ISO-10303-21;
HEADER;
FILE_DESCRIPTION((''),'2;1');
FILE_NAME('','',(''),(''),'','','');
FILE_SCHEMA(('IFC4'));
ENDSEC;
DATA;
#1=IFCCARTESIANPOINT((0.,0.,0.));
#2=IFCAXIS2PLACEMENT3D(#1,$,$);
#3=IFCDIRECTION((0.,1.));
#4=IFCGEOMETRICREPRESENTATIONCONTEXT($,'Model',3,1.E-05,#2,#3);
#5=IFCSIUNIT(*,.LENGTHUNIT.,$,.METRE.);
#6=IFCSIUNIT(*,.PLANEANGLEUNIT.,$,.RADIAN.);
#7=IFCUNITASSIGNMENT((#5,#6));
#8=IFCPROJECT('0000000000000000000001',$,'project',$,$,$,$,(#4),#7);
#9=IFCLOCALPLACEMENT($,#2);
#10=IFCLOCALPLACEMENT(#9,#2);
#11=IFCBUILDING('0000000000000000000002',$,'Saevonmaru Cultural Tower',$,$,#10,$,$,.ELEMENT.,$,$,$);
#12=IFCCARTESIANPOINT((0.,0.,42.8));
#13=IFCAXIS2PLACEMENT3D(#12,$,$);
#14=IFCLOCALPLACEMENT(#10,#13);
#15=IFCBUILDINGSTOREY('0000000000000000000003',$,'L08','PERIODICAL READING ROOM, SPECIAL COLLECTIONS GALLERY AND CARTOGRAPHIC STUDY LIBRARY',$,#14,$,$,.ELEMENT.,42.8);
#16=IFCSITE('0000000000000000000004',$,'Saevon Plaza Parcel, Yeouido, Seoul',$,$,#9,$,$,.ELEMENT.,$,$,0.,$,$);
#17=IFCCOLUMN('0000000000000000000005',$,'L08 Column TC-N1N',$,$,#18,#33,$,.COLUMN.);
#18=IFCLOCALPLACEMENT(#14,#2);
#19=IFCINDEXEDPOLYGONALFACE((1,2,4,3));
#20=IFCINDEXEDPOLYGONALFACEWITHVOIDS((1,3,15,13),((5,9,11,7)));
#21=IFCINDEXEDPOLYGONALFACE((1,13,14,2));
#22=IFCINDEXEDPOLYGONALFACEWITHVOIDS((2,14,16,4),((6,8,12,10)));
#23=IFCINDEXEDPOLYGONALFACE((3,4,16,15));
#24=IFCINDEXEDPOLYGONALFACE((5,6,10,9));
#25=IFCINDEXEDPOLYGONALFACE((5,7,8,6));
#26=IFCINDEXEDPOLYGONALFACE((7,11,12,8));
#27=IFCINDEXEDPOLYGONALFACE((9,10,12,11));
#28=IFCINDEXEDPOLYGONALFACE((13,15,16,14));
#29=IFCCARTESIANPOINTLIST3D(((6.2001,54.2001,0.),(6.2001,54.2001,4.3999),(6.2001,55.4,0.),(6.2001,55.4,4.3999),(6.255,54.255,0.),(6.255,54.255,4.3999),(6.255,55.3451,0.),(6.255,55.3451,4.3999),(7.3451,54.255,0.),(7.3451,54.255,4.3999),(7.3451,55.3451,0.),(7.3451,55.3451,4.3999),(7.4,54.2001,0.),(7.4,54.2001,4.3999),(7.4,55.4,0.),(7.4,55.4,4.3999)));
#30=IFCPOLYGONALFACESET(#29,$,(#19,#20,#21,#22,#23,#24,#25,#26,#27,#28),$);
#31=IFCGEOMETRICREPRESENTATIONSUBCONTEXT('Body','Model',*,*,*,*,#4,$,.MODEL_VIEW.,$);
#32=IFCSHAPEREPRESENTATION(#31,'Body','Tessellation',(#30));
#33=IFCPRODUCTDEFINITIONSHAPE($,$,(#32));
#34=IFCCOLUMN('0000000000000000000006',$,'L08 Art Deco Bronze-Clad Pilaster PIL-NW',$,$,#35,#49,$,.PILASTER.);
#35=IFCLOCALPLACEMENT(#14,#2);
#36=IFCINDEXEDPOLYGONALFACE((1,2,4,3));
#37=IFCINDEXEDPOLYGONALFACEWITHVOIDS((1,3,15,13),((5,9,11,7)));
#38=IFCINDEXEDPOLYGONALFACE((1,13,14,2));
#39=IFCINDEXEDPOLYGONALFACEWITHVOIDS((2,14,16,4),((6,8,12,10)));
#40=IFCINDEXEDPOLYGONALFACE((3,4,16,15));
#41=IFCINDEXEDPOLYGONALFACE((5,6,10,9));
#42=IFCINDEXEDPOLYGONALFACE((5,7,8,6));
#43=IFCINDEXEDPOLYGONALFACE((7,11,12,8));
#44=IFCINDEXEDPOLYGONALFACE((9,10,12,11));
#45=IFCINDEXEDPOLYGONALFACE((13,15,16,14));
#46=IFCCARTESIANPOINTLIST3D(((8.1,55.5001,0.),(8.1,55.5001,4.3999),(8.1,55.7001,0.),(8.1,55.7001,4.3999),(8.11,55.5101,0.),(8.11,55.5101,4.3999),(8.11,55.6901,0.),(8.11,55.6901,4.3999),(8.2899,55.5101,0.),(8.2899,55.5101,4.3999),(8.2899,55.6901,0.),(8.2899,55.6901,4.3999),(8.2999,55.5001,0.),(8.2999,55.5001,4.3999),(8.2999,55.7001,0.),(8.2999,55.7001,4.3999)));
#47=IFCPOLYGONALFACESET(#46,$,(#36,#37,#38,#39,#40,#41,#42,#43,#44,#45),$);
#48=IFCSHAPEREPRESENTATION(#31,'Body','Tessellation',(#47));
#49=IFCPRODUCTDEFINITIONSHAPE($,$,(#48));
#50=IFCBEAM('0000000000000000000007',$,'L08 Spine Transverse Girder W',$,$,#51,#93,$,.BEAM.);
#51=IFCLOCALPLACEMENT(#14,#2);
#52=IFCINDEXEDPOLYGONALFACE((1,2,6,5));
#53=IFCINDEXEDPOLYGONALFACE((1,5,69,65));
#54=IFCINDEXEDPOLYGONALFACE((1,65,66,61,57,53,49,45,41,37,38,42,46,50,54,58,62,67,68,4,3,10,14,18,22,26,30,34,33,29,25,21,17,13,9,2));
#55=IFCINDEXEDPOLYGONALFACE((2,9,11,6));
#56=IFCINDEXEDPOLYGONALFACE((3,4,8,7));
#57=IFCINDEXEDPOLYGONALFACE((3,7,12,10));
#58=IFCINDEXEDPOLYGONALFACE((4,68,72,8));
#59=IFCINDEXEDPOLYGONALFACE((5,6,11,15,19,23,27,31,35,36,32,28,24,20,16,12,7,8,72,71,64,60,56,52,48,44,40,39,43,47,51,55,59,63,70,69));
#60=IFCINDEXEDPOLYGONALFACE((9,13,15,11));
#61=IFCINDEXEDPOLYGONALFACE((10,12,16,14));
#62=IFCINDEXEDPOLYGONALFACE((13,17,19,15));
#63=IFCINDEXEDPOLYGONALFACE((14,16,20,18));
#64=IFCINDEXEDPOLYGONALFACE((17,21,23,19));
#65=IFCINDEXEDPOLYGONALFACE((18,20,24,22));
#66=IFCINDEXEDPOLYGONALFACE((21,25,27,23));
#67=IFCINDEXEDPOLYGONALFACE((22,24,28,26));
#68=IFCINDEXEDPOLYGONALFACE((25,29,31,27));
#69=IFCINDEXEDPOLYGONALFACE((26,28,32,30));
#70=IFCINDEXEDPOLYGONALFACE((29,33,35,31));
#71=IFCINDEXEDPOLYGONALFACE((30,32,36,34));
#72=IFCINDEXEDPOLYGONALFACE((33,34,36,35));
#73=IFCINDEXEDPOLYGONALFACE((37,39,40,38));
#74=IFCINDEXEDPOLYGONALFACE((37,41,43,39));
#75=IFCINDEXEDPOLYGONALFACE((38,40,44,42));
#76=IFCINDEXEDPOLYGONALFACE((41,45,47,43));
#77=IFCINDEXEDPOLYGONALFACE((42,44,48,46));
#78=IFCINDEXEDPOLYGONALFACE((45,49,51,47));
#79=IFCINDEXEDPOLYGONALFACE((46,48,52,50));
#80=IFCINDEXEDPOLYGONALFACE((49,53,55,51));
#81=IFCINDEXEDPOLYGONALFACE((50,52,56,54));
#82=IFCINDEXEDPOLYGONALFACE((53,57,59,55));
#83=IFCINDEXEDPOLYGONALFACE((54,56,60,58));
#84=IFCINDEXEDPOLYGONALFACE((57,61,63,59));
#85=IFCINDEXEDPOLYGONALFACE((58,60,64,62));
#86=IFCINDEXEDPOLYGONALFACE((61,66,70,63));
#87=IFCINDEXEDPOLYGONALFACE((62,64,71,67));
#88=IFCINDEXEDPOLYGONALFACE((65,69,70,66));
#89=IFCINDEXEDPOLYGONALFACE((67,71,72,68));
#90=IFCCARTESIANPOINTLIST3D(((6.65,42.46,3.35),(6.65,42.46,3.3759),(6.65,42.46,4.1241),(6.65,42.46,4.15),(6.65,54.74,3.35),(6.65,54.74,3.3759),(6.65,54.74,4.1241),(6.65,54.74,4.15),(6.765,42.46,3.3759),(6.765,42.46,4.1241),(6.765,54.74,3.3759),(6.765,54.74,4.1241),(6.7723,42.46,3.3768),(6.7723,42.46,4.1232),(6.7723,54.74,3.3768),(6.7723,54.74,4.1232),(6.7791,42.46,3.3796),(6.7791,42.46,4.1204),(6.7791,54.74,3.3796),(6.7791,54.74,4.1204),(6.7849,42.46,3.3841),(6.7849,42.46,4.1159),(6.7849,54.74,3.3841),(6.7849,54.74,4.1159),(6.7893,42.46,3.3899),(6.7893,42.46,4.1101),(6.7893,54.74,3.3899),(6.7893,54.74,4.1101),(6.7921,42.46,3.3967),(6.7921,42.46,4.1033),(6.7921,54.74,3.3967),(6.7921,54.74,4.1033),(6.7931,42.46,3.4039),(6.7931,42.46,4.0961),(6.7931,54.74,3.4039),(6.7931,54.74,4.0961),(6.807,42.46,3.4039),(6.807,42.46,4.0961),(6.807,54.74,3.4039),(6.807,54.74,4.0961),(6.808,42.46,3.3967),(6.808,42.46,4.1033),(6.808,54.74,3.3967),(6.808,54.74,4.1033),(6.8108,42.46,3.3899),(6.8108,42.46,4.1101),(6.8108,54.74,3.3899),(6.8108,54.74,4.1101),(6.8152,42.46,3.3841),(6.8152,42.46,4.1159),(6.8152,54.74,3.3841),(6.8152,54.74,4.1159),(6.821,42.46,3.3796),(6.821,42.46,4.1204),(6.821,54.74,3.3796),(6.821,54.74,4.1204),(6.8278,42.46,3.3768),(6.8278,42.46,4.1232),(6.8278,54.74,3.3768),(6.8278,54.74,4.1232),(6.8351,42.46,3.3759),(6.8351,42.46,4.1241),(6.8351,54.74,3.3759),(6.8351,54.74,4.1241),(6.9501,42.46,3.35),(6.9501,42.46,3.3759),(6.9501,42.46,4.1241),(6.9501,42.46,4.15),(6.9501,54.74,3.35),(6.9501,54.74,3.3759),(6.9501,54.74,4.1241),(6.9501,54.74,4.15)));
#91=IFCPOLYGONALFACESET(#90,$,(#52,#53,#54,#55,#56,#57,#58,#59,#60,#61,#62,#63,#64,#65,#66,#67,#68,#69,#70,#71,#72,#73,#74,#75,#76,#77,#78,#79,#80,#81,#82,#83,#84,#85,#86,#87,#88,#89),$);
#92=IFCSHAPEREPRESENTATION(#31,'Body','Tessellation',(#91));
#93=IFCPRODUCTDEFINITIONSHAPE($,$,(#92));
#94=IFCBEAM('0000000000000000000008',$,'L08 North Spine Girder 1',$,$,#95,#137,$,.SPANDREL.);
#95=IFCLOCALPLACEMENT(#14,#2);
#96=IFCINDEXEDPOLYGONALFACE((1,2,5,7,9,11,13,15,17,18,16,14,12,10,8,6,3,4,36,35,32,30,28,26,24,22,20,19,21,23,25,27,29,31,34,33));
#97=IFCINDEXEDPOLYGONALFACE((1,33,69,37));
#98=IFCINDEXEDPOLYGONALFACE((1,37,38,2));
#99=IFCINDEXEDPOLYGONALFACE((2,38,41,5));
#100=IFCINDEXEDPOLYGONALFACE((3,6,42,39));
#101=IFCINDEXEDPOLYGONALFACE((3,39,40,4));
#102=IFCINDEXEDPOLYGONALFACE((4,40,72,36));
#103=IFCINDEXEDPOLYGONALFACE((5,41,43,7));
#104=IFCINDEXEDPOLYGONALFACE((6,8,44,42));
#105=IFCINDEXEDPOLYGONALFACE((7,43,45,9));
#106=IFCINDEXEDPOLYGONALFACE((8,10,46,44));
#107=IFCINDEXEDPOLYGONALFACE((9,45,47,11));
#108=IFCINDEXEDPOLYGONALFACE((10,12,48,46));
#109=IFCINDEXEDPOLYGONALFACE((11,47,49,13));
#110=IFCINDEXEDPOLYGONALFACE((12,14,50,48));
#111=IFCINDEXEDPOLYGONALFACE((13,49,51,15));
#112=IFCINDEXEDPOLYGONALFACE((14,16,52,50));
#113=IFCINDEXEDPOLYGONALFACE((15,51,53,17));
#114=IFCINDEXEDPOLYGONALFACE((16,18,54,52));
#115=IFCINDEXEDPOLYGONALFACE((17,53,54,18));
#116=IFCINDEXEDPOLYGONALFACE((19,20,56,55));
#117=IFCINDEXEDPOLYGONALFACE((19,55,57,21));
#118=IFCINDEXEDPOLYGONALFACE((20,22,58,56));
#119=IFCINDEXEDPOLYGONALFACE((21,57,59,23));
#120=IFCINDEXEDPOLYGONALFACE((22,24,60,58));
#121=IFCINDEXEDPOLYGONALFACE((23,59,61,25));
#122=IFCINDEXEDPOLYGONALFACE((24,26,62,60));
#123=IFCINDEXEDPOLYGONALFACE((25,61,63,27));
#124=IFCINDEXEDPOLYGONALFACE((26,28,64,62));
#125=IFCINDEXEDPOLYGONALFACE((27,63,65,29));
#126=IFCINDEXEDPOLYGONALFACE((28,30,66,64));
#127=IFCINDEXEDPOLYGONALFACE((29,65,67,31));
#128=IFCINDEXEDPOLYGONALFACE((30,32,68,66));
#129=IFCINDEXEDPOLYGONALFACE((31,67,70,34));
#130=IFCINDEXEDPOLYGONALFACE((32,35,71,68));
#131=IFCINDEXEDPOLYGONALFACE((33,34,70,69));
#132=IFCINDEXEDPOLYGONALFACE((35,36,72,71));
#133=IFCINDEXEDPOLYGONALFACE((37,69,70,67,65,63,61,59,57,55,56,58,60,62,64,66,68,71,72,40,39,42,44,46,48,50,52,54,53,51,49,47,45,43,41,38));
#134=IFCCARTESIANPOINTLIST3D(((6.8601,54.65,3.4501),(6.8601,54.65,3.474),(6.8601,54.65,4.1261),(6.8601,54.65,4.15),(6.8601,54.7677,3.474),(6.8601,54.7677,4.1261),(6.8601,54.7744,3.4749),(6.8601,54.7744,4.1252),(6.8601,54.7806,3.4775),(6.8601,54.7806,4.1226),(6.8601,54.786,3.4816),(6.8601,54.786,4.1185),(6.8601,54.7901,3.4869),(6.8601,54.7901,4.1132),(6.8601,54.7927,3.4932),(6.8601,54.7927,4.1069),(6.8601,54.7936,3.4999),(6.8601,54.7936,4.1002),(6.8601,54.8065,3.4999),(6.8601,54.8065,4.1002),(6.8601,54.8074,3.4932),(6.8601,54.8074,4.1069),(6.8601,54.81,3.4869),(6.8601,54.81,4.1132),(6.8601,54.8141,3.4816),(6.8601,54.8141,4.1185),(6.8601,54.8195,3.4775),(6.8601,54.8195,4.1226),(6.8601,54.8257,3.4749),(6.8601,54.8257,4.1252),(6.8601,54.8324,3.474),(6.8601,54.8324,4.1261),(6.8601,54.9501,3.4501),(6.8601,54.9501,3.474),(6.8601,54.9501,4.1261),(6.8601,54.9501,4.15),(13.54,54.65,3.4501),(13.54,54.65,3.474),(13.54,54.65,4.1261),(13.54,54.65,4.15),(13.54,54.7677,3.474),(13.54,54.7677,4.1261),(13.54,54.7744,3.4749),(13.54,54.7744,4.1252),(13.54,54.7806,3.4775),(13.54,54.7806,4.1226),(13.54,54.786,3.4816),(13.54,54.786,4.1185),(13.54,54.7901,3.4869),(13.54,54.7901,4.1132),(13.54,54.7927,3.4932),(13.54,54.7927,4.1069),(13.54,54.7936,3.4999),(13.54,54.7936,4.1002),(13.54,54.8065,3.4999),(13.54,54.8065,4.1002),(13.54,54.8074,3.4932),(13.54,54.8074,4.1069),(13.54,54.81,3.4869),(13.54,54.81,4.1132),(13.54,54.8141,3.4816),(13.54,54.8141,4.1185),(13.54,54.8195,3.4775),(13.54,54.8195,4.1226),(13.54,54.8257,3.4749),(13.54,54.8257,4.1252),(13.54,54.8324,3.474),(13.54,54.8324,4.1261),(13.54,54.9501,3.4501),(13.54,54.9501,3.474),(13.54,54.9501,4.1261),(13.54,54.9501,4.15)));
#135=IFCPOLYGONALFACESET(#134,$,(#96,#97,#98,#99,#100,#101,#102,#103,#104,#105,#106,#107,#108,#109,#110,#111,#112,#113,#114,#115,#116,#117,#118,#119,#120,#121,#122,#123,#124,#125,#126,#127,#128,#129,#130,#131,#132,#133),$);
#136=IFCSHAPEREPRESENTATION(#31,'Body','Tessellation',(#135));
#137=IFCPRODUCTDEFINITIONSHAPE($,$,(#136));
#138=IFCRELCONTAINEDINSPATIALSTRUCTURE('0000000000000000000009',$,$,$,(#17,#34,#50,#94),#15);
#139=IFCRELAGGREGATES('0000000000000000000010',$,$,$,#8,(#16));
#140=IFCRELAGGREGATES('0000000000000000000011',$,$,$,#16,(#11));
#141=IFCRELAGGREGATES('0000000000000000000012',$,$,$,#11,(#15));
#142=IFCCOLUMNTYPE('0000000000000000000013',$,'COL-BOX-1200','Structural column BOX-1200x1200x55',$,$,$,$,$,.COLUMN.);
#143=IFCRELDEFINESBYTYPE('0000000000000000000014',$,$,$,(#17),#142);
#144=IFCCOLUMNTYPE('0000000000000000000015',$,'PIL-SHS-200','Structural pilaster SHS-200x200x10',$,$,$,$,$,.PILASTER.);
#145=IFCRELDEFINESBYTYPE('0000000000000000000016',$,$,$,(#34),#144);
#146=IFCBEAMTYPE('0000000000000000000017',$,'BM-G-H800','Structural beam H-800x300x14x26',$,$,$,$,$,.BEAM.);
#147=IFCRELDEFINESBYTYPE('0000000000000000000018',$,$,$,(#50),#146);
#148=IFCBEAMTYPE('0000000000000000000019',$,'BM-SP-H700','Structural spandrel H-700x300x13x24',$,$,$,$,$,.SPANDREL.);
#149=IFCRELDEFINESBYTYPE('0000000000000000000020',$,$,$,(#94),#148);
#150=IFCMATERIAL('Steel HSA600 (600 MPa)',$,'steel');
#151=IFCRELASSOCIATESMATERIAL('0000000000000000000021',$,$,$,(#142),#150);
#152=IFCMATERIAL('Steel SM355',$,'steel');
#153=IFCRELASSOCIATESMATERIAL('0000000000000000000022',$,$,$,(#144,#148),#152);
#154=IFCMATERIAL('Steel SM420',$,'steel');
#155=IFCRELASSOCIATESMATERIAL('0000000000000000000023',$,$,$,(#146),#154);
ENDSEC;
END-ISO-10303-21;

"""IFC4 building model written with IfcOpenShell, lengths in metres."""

from ifc_helpers import new_model, si_unit, direction, frame, origin, origin_2d, place, context, subcontext, project, spatial, hollow_rectangle, i_section, extrude, material, material_profile, profile_set, type_object, element, save


model = new_model("IFC4")

# Units and contexts
model_context = context("Model", 3, precision=1e-05, world=origin(), true_north=direction((0.0, 1.0)))
body_context = subcontext(model_context, "Body", "Model", "MODEL_VIEW")
ifc_project = project(units=[si_unit("LENGTHUNIT", "METRE"), si_unit("PLANEANGLEUNIT", "RADIAN")], contexts=[model_context])

# Site, building, storey
site_placement = place(None, origin())
site = spatial("IfcSite", under=ifc_project, at=site_placement, Name="Saevon Plaza Parcel, Yeouido, Seoul", CompositionType="ELEMENT", RefElevation=0.0)
building_placement = place(site_placement, origin())
building = spatial("IfcBuilding", under=site, at=building_placement, Name="Saevonmaru Cultural Tower", CompositionType="ELEMENT")
storey_placement = place(building_placement, frame((0.0, 0.0, 42.8)))
storey = spatial("IfcBuildingStorey", under=building, at=storey_placement, Name="L08", Description="PERIODICAL READING ROOM, SPECIAL COLLECTIONS GALLERY AND CARTOGRAPHIC STUDY LIBRARY", CompositionType="ELEMENT", Elevation=42.8)

# Columns
ifc_material_1 = material(Name="Steel HSA600 (600 MPa)", Category="steel")
ifc_material_profile_1 = material_profile(ifc_material_1, hollow_rectangle(XDim=1.2, YDim=1.2, WallThickness=0.0549, at=origin_2d()), Name="BOX-1200x1200x55")
ifc_profile_set_1 = profile_set([ifc_material_profile_1], Name="Steel HSA600 (600 MPa)")
column_type_1 = type_object("IfcColumnType", Name="COL-BOX-1200", Description="Structural column BOX-1200x1200x55", PredefinedType="COLUMN", material=ifc_profile_set_1)
column_1_placement = place(storey_placement, frame((6.8, 54.8, 0.0), z_axis=(0.0, 0.0, 1.0), x_axis=(1.0, 0.0, 0.0)))
element("IfcColumn", 1, at=column_1_placement, inside=storey, type_object=column_type_1, Name="L08 Column TC-N1N", PredefinedType="COLUMN", context=body_context, shape_type="SweptSolid", body=[
    extrude(hollow_rectangle(XDim=1.2, YDim=1.2, WallThickness=0.0549, at=origin_2d()), origin(), (0.0, 0.0, 1.0), 4.3999),
])
ifc_material_2 = material(Name="Steel SM355", Category="steel")
ifc_material_profile_2 = material_profile(ifc_material_2, hollow_rectangle(XDim=0.2, YDim=0.2, WallThickness=0.01, at=origin_2d()), Name="SHS-200x200x10")
ifc_profile_set_2 = profile_set([ifc_material_profile_2], Name="Steel SM355")
column_type_2 = type_object("IfcColumnType", Name="PIL-SHS-200", Description="Structural pilaster SHS-200x200x10", PredefinedType="PILASTER", material=ifc_profile_set_2)
column_2_placement = place(storey_placement, frame((8.2, 55.6001, 0.0), z_axis=(0.0, 0.0, 1.0), x_axis=(1.0, 0.0, 0.0)))
element("IfcColumn", 2, at=column_2_placement, inside=storey, type_object=column_type_2, Name="L08 Art Deco Bronze-Clad Pilaster PIL-NW", PredefinedType="PILASTER", context=body_context, shape_type="SweptSolid", body=[
    extrude(hollow_rectangle(XDim=0.2, YDim=0.2, WallThickness=0.01, at=origin_2d()), origin(), (0.0, 0.0, 1.0), 4.3999),
])

# Beams
ifc_material_3 = material(Name="Steel SM420", Category="steel")
ifc_material_profile_3 = material_profile(ifc_material_3, i_section(OverallWidth=0.3, OverallDepth=0.8, WebThickness=0.0139, FlangeThickness=0.0259, FilletRadius=0.0281, at=origin_2d()), Name="H-800x300x14x26")
ifc_profile_set_3 = profile_set([ifc_material_profile_3], Name="Steel SM420")
beam_type_1 = type_object("IfcBeamType", Name="BM-G-H800", Description="Structural beam H-800x300x14x26", PredefinedType="BEAM", material=ifc_profile_set_3)
beam_1_placement = place(storey_placement, frame((6.8, 54.74, 3.75), z_axis=(0.0, -1.0, 0.0), x_axis=(1.0, 0.0, 0.0)))
element("IfcBeam", 3, at=beam_1_placement, inside=storey, type_object=beam_type_1, Name="L08 Spine Transverse Girder W", PredefinedType="BEAM", context=body_context, shape_type="SweptSolid", body=[
    extrude(i_section(OverallWidth=0.3, OverallDepth=0.8, WebThickness=0.0139, FlangeThickness=0.0259, FilletRadius=0.0281, at=origin_2d()), origin(), (0.0, 0.0, 1.0), 12.28),
])
ifc_material_profile_4 = material_profile(ifc_material_2, i_section(OverallWidth=0.3, OverallDepth=0.7, WebThickness=0.0129, FlangeThickness=0.0239, FilletRadius=0.0259, at=origin_2d()), Name="H-700x300x13x24")
ifc_profile_set_4 = profile_set([ifc_material_profile_4], Name="Steel SM355")
beam_type_2 = type_object("IfcBeamType", Name="BM-SP-H700", Description="Structural spandrel H-700x300x13x24", PredefinedType="SPANDREL", material=ifc_profile_set_4)
beam_2_placement = place(storey_placement, frame((6.8601, 54.8, 3.8), z_axis=(1.0, 0.0, 0.0), x_axis=(0.0, 1.0, 0.0)))
element("IfcBeam", 4, at=beam_2_placement, inside=storey, type_object=beam_type_2, Name="L08 North Spine Girder 1", PredefinedType="SPANDREL", context=body_context, shape_type="SweptSolid", body=[
    extrude(i_section(OverallWidth=0.3, OverallDepth=0.7, WebThickness=0.0129, FlangeThickness=0.0239, FilletRadius=0.0259, at=origin_2d()), origin(), (0.0, 0.0, 1.0), 6.6799),
])

save(model, "model.ifc")
